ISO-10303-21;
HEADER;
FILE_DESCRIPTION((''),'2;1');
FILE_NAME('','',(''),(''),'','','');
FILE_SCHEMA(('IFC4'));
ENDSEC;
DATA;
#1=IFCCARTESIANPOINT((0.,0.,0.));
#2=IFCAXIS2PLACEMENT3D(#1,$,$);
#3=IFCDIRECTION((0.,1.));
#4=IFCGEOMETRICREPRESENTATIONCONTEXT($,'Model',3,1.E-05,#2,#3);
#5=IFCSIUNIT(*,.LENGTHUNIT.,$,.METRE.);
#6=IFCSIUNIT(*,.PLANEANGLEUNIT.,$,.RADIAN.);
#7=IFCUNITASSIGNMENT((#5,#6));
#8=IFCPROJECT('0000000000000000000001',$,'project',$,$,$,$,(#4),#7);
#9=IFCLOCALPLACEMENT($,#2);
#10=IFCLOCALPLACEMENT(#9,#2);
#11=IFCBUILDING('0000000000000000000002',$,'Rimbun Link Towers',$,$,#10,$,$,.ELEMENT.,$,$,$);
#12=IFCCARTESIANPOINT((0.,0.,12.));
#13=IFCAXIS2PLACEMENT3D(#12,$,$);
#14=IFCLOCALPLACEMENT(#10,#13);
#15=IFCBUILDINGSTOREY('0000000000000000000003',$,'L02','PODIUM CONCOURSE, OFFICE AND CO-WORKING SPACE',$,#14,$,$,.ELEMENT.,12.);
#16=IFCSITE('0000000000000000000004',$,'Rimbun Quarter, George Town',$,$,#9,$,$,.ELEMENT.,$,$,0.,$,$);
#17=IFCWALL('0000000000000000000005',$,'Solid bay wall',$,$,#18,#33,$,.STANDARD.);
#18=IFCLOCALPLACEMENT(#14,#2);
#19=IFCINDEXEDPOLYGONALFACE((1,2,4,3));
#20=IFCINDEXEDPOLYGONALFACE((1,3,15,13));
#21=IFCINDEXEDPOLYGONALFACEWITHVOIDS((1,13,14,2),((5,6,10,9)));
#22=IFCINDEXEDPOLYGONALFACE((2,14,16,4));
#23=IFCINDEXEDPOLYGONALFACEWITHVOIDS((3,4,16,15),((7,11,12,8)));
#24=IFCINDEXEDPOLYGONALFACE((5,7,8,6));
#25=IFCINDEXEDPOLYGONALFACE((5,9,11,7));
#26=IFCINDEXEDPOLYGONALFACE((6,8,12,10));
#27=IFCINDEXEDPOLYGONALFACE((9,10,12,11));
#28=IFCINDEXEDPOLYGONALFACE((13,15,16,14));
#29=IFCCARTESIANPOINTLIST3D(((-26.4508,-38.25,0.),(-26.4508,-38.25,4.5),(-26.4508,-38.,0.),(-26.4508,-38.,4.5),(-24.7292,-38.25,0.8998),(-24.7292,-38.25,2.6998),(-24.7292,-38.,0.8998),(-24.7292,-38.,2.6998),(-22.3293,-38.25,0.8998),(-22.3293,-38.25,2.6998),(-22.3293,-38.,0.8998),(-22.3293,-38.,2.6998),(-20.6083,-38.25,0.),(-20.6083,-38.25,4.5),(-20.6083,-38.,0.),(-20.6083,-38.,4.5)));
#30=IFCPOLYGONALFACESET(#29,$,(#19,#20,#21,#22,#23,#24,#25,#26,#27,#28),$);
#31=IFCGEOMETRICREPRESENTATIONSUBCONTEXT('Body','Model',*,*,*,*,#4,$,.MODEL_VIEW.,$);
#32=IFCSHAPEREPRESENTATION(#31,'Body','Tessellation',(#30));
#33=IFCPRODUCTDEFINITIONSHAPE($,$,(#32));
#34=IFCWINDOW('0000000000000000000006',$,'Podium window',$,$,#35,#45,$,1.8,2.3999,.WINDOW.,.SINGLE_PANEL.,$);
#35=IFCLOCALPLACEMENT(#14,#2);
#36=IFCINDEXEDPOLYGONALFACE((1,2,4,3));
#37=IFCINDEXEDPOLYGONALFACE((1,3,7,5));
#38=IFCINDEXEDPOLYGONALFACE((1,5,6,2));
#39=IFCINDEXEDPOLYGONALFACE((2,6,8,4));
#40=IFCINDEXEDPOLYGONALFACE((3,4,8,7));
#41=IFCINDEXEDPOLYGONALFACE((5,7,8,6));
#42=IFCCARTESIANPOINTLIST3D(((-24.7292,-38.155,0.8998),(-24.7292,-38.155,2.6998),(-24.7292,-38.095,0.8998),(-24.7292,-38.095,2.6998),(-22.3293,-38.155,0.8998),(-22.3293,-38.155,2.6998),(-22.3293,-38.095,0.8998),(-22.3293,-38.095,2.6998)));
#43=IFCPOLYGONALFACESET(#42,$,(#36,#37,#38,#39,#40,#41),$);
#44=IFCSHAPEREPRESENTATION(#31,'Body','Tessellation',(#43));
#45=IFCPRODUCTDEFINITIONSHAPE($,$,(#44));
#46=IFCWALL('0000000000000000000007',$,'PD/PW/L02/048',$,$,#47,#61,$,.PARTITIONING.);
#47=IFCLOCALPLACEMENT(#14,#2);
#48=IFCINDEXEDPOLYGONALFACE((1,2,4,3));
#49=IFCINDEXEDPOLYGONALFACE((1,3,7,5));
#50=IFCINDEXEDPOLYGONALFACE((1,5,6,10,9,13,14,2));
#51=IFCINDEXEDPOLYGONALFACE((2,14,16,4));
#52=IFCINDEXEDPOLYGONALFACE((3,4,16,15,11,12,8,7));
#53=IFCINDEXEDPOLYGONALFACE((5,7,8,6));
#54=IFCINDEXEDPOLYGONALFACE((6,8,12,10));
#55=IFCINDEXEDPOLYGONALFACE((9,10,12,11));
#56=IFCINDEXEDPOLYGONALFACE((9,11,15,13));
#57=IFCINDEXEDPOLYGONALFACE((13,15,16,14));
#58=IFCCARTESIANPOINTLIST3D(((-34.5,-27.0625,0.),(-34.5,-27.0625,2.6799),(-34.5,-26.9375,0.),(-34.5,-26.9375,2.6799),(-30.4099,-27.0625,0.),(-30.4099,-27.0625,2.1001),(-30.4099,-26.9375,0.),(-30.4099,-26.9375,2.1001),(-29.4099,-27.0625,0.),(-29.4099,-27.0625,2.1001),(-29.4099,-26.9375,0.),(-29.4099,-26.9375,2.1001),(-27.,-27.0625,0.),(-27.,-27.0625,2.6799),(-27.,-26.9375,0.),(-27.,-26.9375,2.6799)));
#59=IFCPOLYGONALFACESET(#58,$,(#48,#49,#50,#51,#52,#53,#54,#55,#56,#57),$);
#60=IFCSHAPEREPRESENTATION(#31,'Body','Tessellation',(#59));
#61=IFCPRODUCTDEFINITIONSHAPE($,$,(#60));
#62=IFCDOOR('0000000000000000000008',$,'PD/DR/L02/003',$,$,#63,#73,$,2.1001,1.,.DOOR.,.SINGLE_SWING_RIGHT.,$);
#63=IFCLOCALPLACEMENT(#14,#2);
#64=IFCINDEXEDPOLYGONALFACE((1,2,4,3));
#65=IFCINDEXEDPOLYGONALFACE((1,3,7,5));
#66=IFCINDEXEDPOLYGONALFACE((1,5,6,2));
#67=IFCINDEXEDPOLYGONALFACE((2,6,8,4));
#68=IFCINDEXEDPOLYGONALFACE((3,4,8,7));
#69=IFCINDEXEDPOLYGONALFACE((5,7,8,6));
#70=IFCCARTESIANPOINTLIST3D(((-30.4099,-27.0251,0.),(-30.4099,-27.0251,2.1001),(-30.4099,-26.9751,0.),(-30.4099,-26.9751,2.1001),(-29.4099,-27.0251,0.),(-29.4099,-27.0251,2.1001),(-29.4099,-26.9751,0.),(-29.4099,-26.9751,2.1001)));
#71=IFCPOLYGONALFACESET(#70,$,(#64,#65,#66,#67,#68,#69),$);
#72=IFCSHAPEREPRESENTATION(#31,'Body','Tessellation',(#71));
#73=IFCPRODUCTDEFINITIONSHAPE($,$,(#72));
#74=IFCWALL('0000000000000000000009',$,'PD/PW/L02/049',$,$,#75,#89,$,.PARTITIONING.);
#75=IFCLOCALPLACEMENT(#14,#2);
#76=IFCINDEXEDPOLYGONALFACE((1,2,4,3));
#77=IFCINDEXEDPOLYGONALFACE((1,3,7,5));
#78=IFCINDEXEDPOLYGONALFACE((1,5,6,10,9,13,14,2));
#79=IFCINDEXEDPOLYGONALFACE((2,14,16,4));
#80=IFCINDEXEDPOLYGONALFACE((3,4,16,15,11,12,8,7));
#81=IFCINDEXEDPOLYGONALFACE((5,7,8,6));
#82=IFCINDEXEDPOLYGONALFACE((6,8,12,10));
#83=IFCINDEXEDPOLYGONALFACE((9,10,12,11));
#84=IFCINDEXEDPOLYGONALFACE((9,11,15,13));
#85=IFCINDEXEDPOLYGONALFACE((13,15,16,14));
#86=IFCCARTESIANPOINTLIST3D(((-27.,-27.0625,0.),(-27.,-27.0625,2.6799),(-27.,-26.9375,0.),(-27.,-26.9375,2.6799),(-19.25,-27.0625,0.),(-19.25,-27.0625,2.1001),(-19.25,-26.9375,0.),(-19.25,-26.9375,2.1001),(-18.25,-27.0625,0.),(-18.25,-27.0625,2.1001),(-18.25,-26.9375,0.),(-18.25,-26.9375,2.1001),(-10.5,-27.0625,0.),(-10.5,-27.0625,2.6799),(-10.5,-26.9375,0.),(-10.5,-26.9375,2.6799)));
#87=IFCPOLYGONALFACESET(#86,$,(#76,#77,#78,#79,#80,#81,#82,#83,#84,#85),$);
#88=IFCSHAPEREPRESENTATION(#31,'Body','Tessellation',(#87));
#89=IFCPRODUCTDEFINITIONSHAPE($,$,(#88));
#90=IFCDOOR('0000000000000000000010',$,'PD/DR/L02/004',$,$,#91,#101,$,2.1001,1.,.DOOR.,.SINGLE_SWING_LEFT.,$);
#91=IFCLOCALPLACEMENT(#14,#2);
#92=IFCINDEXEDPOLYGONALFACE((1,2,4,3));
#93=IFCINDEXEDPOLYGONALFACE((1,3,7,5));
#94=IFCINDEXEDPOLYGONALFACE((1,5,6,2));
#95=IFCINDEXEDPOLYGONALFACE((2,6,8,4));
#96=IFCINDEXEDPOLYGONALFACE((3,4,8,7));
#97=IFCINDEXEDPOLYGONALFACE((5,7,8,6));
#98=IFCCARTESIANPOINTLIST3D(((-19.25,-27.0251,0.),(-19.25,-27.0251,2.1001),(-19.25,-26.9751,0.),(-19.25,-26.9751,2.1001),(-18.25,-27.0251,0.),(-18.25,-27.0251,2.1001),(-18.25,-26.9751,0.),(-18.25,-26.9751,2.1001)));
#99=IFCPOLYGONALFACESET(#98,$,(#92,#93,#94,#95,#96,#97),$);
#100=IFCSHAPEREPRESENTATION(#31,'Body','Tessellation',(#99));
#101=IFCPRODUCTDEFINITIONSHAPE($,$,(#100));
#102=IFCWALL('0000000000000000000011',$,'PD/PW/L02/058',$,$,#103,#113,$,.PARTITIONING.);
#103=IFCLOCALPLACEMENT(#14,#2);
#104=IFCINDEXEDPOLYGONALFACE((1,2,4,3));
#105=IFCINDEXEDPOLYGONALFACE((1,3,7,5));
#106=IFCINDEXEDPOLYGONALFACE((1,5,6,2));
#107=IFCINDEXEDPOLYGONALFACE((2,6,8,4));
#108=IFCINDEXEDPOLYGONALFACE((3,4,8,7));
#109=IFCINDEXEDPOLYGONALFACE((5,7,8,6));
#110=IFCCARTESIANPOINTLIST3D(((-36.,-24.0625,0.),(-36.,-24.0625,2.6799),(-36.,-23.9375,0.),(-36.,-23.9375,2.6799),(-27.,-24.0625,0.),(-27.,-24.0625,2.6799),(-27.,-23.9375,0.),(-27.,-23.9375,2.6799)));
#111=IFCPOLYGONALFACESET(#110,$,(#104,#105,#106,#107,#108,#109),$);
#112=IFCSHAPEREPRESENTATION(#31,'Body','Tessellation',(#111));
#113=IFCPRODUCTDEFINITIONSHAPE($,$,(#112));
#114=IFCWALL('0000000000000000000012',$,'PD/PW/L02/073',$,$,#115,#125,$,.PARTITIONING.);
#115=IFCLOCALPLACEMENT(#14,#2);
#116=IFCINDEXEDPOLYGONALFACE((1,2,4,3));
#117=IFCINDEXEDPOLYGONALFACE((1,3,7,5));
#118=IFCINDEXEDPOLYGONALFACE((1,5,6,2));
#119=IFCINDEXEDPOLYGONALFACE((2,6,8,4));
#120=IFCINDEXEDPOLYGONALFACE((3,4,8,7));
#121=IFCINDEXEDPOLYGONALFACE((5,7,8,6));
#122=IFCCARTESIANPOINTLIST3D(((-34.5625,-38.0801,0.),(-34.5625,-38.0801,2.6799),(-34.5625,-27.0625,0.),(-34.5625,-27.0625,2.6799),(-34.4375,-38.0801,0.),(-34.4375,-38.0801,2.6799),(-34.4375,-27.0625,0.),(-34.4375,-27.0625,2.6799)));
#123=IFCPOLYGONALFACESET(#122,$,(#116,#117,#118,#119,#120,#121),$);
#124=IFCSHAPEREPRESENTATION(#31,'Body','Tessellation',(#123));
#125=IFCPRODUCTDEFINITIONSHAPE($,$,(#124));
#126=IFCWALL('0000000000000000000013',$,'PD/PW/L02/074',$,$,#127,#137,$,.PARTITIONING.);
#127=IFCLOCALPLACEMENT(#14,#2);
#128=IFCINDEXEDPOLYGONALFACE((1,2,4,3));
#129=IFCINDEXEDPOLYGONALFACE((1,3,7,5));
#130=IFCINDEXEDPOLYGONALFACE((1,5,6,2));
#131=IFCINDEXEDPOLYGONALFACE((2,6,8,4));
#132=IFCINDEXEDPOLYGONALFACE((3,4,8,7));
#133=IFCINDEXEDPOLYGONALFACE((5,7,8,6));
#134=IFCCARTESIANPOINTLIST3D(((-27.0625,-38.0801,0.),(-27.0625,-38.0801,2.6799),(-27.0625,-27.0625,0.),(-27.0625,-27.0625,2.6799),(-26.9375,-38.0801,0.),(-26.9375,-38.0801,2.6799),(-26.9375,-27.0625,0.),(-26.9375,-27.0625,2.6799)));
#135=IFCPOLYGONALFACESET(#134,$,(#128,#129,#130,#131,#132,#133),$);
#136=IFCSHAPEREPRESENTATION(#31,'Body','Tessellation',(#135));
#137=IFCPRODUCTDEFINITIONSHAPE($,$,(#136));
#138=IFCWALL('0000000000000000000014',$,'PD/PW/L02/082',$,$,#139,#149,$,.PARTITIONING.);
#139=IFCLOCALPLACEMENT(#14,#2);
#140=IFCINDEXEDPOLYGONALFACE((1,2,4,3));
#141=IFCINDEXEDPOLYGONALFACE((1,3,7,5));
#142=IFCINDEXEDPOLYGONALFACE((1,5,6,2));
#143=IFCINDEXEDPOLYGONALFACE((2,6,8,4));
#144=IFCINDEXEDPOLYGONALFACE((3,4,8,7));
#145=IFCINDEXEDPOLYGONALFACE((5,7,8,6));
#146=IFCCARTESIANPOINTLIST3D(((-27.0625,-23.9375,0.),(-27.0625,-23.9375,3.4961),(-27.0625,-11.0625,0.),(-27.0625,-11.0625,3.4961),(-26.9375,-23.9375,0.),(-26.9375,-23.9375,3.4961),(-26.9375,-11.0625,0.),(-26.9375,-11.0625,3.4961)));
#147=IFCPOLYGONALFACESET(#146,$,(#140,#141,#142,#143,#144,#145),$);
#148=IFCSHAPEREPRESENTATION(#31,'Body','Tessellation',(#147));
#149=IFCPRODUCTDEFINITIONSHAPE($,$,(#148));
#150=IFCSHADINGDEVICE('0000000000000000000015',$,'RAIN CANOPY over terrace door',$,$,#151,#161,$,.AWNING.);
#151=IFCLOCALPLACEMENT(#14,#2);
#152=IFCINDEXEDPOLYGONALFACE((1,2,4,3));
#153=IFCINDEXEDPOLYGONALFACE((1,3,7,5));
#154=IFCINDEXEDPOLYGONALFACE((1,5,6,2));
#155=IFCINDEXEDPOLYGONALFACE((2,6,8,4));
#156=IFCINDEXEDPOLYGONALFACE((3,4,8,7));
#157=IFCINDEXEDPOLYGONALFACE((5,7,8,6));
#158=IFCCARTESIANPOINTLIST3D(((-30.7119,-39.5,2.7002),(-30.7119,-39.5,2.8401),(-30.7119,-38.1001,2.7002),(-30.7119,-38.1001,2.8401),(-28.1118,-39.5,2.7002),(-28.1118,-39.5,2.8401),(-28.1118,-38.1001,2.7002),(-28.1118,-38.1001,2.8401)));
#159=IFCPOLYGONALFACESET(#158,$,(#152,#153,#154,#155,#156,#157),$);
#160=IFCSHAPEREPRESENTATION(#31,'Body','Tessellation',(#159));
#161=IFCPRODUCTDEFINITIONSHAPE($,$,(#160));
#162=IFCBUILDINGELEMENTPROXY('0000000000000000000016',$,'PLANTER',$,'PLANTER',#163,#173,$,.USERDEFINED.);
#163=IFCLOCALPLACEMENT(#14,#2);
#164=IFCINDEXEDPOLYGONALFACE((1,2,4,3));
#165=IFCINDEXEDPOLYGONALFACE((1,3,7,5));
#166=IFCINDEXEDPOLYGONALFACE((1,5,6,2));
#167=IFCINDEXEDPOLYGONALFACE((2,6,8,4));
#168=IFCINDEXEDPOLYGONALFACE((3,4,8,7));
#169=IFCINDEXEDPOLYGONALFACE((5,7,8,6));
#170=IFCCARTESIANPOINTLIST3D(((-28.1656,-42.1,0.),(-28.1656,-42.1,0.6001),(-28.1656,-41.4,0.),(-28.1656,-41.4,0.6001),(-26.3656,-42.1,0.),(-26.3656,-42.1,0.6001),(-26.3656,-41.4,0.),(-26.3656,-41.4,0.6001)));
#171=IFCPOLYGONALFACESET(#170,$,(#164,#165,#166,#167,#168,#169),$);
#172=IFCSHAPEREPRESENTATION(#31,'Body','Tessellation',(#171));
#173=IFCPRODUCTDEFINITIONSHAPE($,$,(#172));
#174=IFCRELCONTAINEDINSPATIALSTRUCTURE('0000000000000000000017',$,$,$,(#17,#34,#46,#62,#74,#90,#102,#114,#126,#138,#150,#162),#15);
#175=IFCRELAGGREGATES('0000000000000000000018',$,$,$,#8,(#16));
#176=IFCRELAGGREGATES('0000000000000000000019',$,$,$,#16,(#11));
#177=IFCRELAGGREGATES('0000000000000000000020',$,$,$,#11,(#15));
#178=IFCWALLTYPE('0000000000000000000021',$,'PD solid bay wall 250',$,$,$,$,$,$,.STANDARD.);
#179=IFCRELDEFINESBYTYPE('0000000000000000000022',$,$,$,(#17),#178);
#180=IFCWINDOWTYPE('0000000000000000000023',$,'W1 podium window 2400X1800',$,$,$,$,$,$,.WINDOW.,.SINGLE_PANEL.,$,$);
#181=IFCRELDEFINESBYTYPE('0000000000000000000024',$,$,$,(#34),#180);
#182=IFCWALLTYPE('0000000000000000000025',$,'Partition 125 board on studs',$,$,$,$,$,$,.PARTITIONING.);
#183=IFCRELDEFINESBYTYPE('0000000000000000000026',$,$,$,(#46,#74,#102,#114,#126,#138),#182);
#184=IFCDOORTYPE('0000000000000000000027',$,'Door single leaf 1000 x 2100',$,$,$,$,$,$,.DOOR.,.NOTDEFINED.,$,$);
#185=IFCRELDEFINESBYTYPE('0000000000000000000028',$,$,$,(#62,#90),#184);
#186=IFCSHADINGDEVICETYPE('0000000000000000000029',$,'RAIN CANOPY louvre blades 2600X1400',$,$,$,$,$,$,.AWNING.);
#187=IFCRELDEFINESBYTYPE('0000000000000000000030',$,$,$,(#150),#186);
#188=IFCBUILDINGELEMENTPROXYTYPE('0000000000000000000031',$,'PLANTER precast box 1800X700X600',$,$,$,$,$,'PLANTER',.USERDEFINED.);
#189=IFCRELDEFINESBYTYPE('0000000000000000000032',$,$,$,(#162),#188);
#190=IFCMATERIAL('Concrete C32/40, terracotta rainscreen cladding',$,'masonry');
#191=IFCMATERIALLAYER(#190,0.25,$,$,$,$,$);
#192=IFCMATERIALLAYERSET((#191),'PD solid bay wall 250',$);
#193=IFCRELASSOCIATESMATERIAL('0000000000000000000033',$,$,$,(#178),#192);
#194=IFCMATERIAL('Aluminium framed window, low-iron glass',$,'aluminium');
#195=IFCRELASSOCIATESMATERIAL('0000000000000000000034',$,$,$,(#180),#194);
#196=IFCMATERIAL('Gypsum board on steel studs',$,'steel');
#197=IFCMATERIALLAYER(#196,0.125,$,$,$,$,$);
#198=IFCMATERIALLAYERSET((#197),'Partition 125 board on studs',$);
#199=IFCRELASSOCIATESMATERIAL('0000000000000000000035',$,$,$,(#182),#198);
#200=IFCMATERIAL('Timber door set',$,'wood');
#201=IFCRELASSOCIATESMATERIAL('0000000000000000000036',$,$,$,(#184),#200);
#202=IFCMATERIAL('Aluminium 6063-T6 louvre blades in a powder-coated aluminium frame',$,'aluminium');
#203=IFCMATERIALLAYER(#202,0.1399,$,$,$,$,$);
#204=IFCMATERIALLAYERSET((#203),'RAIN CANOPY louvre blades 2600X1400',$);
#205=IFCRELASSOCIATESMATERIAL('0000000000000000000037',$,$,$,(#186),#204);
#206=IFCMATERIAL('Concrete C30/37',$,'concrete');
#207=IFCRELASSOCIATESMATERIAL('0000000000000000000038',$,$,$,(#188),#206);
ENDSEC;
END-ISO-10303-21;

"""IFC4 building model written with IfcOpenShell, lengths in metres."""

from ifc_helpers import new_model, si_unit, direction, frame, frame_2d, origin, origin_2d, place, context, subcontext, project, spatial, rectangle, extrude, material, layer, layer_set, type_object, element, fill, save


model = new_model("IFC4")

# Units and contexts
model_context = context("Model", 3, precision=1e-05, world=origin(), true_north=direction((0.0, 1.0)))
body_context = subcontext(model_context, "Body", "Model", "MODEL_VIEW")
ifc_project = project(units=[si_unit("LENGTHUNIT", "METRE"), si_unit("PLANEANGLEUNIT", "RADIAN")], contexts=[model_context])

# Site, building, storey
site_placement = place(None, origin())
site = spatial("IfcSite", under=ifc_project, at=site_placement, Name="Rimbun Quarter, George Town", CompositionType="ELEMENT", RefElevation=0.0)
building_placement = place(site_placement, origin())
building = spatial("IfcBuilding", under=site, at=building_placement, Name="Rimbun Link Towers", CompositionType="ELEMENT")
storey_placement = place(building_placement, frame((0.0, 0.0, 12.0)))
storey = spatial("IfcBuildingStorey", under=building, at=storey_placement, Name="L02", Description="PODIUM CONCOURSE, OFFICE AND CO-WORKING SPACE", CompositionType="ELEMENT", Elevation=12.0)

# Wall, opening, window
ifc_material_1 = material(Name="Concrete C32/40, terracotta rainscreen cladding", Category="masonry")
ifc_layer_1 = layer(ifc_material_1, 0.25)
ifc_layer_set_1 = layer_set([ifc_layer_1], Name="PD solid bay wall 250")
wall_type_1 = type_object("IfcWallType", Name="PD solid bay wall 250", PredefinedType="STANDARD", material=ifc_layer_set_1)
wall_1_placement = place(storey_placement, frame((-20.6082, -38.125, 0.0), z_axis=(0.0, 0.0, 1.0), x_axis=(-1.0, 0.0, 0.0)))
wall_1 = element("IfcWall", 1, at=wall_1_placement, inside=storey, type_object=wall_type_1, Name="Solid bay wall", PredefinedType="STANDARD", context=body_context, shape_type="SweptSolid", body=[
    extrude(rectangle(XDim=5.8425, YDim=0.25, at=frame_2d((2.9214, 0.0))), origin(), (0.0, 0.0, 1.0), 4.5),
])
opening_1_placement = place(wall_1_placement, frame((1.7212, 0.0, 0.8999)))
opening_1 = element("IfcOpeningElement", 2, at=opening_1_placement, cuts=wall_1, PredefinedType="OPENING", context=body_context, shape_type="SweptSolid", body=[
    extrude(rectangle(XDim=2.3999, YDim=1.8, at=frame_2d((1.2, 0.8999))), frame((0.0, 0.135, 0.0), z_axis=(0.0, -1.0, 0.0), x_axis=(1.0, 0.0, 0.0)), (0.0, 0.0, 1.0), 0.27),
])
ifc_material_2 = material(Name="Aluminium framed window, low-iron glass", Category="aluminium")
window_type = type_object("IfcWindowType", Name="W1 podium window 2400X1800", PartitioningType="SINGLE_PANEL", PredefinedType="WINDOW", material=ifc_material_2)
window_placement = place(opening_1_placement, origin())
window = element("IfcWindow", 3, at=window_placement, inside=storey, type_object=window_type, Name="Podium window", OverallHeight=1.8, OverallWidth=2.3999, PartitioningType="SINGLE_PANEL", PredefinedType="WINDOW", context=body_context, shape_type="SweptSolid", body=[
    extrude(rectangle(XDim=2.3999, YDim=1.8, at=frame_2d((1.2, 0.8999))), frame((0.0, 0.03, 0.0), z_axis=(0.0, -1.0, 0.0), x_axis=(1.0, 0.0, 0.0)), (0.0, 0.0, 1.0), 0.0601),
])
fill(opening_1, window)

# Walls, openings, doors
ifc_material_3 = material(Name="Gypsum board on steel studs", Category="steel")
ifc_layer_2 = layer(ifc_material_3, 0.125)
ifc_layer_set_2 = layer_set([ifc_layer_2], Name="Partition 125 board on studs")
wall_type_2 = type_object("IfcWallType", Name="Partition 125 board on studs", PredefinedType="PARTITIONING", material=ifc_layer_set_2)
wall_2_placement = place(storey_placement, frame((-34.5, -27.0, 0.0), z_axis=(0.0, 0.0, 1.0), x_axis=(1.0, 0.0, 0.0)))
wall_2 = element("IfcWall", 4, at=wall_2_placement, inside=storey, type_object=wall_type_2, Name="PD/PW/L02/048", PredefinedType="PARTITIONING", context=body_context, shape_type="SweptSolid", body=[
    extrude(rectangle(XDim=7.5, YDim=0.125, at=frame_2d((3.75, 0.0))), origin(), (0.0, 0.0, 1.0), 2.6799),
])
opening_2_placement = place(wall_2_placement, frame((4.0901, 0.0, 0.0)))
opening_2 = element("IfcOpeningElement", 5, at=opening_2_placement, cuts=wall_2, PredefinedType="OPENING", context=body_context, shape_type="SweptSolid", body=[
    extrude(rectangle(XDim=1.0, YDim=2.1001, at=frame_2d((0.5, 1.05))), frame((0.0, 0.0725, 0.0), z_axis=(0.0, -1.0, 0.0), x_axis=(1.0, 0.0, 0.0)), (0.0, 0.0, 1.0), 0.145),
])
ifc_material_4 = material(Name="Timber door set", Category="wood")
door_type_1 = type_object("IfcDoorType", Name="Door single leaf 1000 x 2100", OperationType="NOTDEFINED", PredefinedType="DOOR", material=ifc_material_4)
door_1_placement = place(opening_2_placement, origin())
door_1 = element("IfcDoor", 6, at=door_1_placement, inside=storey, type_object=door_type_1, Name="PD/DR/L02/003", OperationType="SINGLE_SWING_RIGHT", OverallHeight=2.1001, OverallWidth=1.0, PredefinedType="DOOR", context=body_context, shape_type="SweptSolid", body=[
    extrude(rectangle(XDim=1.0, YDim=2.1001, at=frame_2d((0.5, 1.05))), frame((0.0, 0.0249, 0.0), z_axis=(0.0, -1.0, 0.0), x_axis=(1.0, 0.0, 0.0)), (0.0, 0.0, 1.0), 0.05),
])
fill(opening_2, door_1)
wall_3_placement = place(storey_placement, frame((-27.0, -27.0, 0.0), z_axis=(0.0, 0.0, 1.0), x_axis=(1.0, 0.0, 0.0)))
wall_3 = element("IfcWall", 7, at=wall_3_placement, inside=storey, type_object=wall_type_2, Name="PD/PW/L02/049", PredefinedType="PARTITIONING", context=body_context, shape_type="SweptSolid", body=[
    extrude(rectangle(XDim=16.5, YDim=0.125, at=frame_2d((8.25, 0.0))), origin(), (0.0, 0.0, 1.0), 2.6799),
])
opening_3_placement = place(wall_3_placement, frame((7.75, 0.0, 0.0)))
opening_3 = element("IfcOpeningElement", 8, at=opening_3_placement, cuts=wall_3, PredefinedType="OPENING", context=body_context, shape_type="SweptSolid", body=[
    extrude(rectangle(XDim=1.0, YDim=2.1001, at=frame_2d((0.5, 1.05))), frame((0.0, 0.0725, 0.0), z_axis=(0.0, -1.0, 0.0), x_axis=(1.0, 0.0, 0.0)), (0.0, 0.0, 1.0), 0.145),
])
door_2_placement = place(opening_3_placement, origin())
door_2 = element("IfcDoor", 9, at=door_2_placement, inside=storey, type_object=door_type_1, Name="PD/DR/L02/004", OperationType="SINGLE_SWING_LEFT", OverallHeight=2.1001, OverallWidth=1.0, PredefinedType="DOOR", context=body_context, shape_type="SweptSolid", body=[
    extrude(rectangle(XDim=1.0, YDim=2.1001, at=frame_2d((0.5, 1.05))), frame((0.0, 0.0249, 0.0), z_axis=(0.0, -1.0, 0.0), x_axis=(1.0, 0.0, 0.0)), (0.0, 0.0, 1.0), 0.05),
])
fill(opening_3, door_2)

# Walls
wall_4_placement = place(storey_placement, frame((-27.0, -24.0, 0.0), z_axis=(0.0, 0.0, 1.0), x_axis=(-1.0, 0.0, 0.0)))
element("IfcWall", 10, at=wall_4_placement, inside=storey, type_object=wall_type_2, Name="PD/PW/L02/058", PredefinedType="PARTITIONING", context=body_context, shape_type="SweptSolid", body=[
    extrude(rectangle(XDim=9.0, YDim=0.125, at=frame_2d((4.5, 0.0))), origin(), (0.0, 0.0, 1.0), 2.6799),
])
for number, where, z_axis, x_axis, name in (
    (11, (-34.5, -38.0801, 0.0), (0.0, 0.0, 1.0), (0.0, 1.0, 0.0), "PD/PW/L02/073"),
    (12, (-27.0, -38.0801, 0.0), (0.0, 0.0, 1.0), (0.0, 1.0, 0.0), "PD/PW/L02/074"),
):
    element("IfcWall", number, at=place(storey_placement, frame(where, z_axis=z_axis, x_axis=x_axis)), inside=storey, type_object=wall_type_2, Name=name, PredefinedType="PARTITIONING", context=body_context, shape_type="SweptSolid", body=[
        extrude(rectangle(XDim=11.0176, YDim=0.125, at=frame_2d((5.5088, 0.0))), origin(), (0.0, 0.0, 1.0), 2.6799),
    ])
wall_5_placement = place(storey_placement, frame((-27.0, -23.9375, 0.0), z_axis=(0.0, 0.0, 1.0), x_axis=(0.0, 1.0, 0.0)))
element("IfcWall", 13, at=wall_5_placement, inside=storey, type_object=wall_type_2, Name="PD/PW/L02/082", PredefinedType="PARTITIONING", context=body_context, shape_type="SweptSolid", body=[
    extrude(rectangle(XDim=12.875, YDim=0.125, at=frame_2d((6.4375, 0.0))), origin(), (0.0, 0.0, 1.0), 3.4961),
])

# Shading device
ifc_material_5 = material(Name="Aluminium 6063-T6 louvre blades in a powder-coated aluminium frame", Category="aluminium")
ifc_layer_3 = layer(ifc_material_5, 0.1399)
ifc_layer_set_3 = layer_set([ifc_layer_3], Name="RAIN CANOPY louvre blades 2600X1400")
shading_device_type = type_object("IfcShadingDeviceType", Name="RAIN CANOPY louvre blades 2600X1400", PredefinedType="AWNING", material=ifc_layer_set_3)
shading_device_placement = place(storey_placement, frame((-29.4119, -38.8, 2.7002), z_axis=(0.0, 0.0, 1.0), x_axis=(-1.0, 0.0, 0.0)))
element("IfcShadingDevice", 14, at=shading_device_placement, inside=storey, type_object=shading_device_type, Name="RAIN CANOPY over terrace door", PredefinedType="AWNING", context=body_context, shape_type="SweptSolid", body=[
    extrude(rectangle(XDim=2.6001, YDim=1.3999, at=origin_2d()), origin(), (0.0, 0.0, 1.0), 0.1399),
])

# Building element proxy
ifc_material_6 = material(Name="Concrete C30/37", Category="concrete")
building_element_proxy_type = type_object("IfcBuildingElementProxyType", Name="PLANTER precast box 1800X700X600", ElementType="PLANTER", PredefinedType="USERDEFINED", material=ifc_material_6)
proxy_placement = place(storey_placement, frame((-27.2656, -41.75, 0.0), z_axis=(0.0, 0.0, 1.0), x_axis=(1.0, 0.0, 0.0)))
element("IfcBuildingElementProxy", 15, at=proxy_placement, inside=storey, type_object=building_element_proxy_type, Name="PLANTER", ObjectType="PLANTER", PredefinedType="USERDEFINED", context=body_context, shape_type="SweptSolid", body=[
    extrude(rectangle(XDim=1.8, YDim=0.7, at=origin_2d()), origin(), (0.0, 0.0, 1.0), 0.6001),
])

save(model, "model.ifc")
